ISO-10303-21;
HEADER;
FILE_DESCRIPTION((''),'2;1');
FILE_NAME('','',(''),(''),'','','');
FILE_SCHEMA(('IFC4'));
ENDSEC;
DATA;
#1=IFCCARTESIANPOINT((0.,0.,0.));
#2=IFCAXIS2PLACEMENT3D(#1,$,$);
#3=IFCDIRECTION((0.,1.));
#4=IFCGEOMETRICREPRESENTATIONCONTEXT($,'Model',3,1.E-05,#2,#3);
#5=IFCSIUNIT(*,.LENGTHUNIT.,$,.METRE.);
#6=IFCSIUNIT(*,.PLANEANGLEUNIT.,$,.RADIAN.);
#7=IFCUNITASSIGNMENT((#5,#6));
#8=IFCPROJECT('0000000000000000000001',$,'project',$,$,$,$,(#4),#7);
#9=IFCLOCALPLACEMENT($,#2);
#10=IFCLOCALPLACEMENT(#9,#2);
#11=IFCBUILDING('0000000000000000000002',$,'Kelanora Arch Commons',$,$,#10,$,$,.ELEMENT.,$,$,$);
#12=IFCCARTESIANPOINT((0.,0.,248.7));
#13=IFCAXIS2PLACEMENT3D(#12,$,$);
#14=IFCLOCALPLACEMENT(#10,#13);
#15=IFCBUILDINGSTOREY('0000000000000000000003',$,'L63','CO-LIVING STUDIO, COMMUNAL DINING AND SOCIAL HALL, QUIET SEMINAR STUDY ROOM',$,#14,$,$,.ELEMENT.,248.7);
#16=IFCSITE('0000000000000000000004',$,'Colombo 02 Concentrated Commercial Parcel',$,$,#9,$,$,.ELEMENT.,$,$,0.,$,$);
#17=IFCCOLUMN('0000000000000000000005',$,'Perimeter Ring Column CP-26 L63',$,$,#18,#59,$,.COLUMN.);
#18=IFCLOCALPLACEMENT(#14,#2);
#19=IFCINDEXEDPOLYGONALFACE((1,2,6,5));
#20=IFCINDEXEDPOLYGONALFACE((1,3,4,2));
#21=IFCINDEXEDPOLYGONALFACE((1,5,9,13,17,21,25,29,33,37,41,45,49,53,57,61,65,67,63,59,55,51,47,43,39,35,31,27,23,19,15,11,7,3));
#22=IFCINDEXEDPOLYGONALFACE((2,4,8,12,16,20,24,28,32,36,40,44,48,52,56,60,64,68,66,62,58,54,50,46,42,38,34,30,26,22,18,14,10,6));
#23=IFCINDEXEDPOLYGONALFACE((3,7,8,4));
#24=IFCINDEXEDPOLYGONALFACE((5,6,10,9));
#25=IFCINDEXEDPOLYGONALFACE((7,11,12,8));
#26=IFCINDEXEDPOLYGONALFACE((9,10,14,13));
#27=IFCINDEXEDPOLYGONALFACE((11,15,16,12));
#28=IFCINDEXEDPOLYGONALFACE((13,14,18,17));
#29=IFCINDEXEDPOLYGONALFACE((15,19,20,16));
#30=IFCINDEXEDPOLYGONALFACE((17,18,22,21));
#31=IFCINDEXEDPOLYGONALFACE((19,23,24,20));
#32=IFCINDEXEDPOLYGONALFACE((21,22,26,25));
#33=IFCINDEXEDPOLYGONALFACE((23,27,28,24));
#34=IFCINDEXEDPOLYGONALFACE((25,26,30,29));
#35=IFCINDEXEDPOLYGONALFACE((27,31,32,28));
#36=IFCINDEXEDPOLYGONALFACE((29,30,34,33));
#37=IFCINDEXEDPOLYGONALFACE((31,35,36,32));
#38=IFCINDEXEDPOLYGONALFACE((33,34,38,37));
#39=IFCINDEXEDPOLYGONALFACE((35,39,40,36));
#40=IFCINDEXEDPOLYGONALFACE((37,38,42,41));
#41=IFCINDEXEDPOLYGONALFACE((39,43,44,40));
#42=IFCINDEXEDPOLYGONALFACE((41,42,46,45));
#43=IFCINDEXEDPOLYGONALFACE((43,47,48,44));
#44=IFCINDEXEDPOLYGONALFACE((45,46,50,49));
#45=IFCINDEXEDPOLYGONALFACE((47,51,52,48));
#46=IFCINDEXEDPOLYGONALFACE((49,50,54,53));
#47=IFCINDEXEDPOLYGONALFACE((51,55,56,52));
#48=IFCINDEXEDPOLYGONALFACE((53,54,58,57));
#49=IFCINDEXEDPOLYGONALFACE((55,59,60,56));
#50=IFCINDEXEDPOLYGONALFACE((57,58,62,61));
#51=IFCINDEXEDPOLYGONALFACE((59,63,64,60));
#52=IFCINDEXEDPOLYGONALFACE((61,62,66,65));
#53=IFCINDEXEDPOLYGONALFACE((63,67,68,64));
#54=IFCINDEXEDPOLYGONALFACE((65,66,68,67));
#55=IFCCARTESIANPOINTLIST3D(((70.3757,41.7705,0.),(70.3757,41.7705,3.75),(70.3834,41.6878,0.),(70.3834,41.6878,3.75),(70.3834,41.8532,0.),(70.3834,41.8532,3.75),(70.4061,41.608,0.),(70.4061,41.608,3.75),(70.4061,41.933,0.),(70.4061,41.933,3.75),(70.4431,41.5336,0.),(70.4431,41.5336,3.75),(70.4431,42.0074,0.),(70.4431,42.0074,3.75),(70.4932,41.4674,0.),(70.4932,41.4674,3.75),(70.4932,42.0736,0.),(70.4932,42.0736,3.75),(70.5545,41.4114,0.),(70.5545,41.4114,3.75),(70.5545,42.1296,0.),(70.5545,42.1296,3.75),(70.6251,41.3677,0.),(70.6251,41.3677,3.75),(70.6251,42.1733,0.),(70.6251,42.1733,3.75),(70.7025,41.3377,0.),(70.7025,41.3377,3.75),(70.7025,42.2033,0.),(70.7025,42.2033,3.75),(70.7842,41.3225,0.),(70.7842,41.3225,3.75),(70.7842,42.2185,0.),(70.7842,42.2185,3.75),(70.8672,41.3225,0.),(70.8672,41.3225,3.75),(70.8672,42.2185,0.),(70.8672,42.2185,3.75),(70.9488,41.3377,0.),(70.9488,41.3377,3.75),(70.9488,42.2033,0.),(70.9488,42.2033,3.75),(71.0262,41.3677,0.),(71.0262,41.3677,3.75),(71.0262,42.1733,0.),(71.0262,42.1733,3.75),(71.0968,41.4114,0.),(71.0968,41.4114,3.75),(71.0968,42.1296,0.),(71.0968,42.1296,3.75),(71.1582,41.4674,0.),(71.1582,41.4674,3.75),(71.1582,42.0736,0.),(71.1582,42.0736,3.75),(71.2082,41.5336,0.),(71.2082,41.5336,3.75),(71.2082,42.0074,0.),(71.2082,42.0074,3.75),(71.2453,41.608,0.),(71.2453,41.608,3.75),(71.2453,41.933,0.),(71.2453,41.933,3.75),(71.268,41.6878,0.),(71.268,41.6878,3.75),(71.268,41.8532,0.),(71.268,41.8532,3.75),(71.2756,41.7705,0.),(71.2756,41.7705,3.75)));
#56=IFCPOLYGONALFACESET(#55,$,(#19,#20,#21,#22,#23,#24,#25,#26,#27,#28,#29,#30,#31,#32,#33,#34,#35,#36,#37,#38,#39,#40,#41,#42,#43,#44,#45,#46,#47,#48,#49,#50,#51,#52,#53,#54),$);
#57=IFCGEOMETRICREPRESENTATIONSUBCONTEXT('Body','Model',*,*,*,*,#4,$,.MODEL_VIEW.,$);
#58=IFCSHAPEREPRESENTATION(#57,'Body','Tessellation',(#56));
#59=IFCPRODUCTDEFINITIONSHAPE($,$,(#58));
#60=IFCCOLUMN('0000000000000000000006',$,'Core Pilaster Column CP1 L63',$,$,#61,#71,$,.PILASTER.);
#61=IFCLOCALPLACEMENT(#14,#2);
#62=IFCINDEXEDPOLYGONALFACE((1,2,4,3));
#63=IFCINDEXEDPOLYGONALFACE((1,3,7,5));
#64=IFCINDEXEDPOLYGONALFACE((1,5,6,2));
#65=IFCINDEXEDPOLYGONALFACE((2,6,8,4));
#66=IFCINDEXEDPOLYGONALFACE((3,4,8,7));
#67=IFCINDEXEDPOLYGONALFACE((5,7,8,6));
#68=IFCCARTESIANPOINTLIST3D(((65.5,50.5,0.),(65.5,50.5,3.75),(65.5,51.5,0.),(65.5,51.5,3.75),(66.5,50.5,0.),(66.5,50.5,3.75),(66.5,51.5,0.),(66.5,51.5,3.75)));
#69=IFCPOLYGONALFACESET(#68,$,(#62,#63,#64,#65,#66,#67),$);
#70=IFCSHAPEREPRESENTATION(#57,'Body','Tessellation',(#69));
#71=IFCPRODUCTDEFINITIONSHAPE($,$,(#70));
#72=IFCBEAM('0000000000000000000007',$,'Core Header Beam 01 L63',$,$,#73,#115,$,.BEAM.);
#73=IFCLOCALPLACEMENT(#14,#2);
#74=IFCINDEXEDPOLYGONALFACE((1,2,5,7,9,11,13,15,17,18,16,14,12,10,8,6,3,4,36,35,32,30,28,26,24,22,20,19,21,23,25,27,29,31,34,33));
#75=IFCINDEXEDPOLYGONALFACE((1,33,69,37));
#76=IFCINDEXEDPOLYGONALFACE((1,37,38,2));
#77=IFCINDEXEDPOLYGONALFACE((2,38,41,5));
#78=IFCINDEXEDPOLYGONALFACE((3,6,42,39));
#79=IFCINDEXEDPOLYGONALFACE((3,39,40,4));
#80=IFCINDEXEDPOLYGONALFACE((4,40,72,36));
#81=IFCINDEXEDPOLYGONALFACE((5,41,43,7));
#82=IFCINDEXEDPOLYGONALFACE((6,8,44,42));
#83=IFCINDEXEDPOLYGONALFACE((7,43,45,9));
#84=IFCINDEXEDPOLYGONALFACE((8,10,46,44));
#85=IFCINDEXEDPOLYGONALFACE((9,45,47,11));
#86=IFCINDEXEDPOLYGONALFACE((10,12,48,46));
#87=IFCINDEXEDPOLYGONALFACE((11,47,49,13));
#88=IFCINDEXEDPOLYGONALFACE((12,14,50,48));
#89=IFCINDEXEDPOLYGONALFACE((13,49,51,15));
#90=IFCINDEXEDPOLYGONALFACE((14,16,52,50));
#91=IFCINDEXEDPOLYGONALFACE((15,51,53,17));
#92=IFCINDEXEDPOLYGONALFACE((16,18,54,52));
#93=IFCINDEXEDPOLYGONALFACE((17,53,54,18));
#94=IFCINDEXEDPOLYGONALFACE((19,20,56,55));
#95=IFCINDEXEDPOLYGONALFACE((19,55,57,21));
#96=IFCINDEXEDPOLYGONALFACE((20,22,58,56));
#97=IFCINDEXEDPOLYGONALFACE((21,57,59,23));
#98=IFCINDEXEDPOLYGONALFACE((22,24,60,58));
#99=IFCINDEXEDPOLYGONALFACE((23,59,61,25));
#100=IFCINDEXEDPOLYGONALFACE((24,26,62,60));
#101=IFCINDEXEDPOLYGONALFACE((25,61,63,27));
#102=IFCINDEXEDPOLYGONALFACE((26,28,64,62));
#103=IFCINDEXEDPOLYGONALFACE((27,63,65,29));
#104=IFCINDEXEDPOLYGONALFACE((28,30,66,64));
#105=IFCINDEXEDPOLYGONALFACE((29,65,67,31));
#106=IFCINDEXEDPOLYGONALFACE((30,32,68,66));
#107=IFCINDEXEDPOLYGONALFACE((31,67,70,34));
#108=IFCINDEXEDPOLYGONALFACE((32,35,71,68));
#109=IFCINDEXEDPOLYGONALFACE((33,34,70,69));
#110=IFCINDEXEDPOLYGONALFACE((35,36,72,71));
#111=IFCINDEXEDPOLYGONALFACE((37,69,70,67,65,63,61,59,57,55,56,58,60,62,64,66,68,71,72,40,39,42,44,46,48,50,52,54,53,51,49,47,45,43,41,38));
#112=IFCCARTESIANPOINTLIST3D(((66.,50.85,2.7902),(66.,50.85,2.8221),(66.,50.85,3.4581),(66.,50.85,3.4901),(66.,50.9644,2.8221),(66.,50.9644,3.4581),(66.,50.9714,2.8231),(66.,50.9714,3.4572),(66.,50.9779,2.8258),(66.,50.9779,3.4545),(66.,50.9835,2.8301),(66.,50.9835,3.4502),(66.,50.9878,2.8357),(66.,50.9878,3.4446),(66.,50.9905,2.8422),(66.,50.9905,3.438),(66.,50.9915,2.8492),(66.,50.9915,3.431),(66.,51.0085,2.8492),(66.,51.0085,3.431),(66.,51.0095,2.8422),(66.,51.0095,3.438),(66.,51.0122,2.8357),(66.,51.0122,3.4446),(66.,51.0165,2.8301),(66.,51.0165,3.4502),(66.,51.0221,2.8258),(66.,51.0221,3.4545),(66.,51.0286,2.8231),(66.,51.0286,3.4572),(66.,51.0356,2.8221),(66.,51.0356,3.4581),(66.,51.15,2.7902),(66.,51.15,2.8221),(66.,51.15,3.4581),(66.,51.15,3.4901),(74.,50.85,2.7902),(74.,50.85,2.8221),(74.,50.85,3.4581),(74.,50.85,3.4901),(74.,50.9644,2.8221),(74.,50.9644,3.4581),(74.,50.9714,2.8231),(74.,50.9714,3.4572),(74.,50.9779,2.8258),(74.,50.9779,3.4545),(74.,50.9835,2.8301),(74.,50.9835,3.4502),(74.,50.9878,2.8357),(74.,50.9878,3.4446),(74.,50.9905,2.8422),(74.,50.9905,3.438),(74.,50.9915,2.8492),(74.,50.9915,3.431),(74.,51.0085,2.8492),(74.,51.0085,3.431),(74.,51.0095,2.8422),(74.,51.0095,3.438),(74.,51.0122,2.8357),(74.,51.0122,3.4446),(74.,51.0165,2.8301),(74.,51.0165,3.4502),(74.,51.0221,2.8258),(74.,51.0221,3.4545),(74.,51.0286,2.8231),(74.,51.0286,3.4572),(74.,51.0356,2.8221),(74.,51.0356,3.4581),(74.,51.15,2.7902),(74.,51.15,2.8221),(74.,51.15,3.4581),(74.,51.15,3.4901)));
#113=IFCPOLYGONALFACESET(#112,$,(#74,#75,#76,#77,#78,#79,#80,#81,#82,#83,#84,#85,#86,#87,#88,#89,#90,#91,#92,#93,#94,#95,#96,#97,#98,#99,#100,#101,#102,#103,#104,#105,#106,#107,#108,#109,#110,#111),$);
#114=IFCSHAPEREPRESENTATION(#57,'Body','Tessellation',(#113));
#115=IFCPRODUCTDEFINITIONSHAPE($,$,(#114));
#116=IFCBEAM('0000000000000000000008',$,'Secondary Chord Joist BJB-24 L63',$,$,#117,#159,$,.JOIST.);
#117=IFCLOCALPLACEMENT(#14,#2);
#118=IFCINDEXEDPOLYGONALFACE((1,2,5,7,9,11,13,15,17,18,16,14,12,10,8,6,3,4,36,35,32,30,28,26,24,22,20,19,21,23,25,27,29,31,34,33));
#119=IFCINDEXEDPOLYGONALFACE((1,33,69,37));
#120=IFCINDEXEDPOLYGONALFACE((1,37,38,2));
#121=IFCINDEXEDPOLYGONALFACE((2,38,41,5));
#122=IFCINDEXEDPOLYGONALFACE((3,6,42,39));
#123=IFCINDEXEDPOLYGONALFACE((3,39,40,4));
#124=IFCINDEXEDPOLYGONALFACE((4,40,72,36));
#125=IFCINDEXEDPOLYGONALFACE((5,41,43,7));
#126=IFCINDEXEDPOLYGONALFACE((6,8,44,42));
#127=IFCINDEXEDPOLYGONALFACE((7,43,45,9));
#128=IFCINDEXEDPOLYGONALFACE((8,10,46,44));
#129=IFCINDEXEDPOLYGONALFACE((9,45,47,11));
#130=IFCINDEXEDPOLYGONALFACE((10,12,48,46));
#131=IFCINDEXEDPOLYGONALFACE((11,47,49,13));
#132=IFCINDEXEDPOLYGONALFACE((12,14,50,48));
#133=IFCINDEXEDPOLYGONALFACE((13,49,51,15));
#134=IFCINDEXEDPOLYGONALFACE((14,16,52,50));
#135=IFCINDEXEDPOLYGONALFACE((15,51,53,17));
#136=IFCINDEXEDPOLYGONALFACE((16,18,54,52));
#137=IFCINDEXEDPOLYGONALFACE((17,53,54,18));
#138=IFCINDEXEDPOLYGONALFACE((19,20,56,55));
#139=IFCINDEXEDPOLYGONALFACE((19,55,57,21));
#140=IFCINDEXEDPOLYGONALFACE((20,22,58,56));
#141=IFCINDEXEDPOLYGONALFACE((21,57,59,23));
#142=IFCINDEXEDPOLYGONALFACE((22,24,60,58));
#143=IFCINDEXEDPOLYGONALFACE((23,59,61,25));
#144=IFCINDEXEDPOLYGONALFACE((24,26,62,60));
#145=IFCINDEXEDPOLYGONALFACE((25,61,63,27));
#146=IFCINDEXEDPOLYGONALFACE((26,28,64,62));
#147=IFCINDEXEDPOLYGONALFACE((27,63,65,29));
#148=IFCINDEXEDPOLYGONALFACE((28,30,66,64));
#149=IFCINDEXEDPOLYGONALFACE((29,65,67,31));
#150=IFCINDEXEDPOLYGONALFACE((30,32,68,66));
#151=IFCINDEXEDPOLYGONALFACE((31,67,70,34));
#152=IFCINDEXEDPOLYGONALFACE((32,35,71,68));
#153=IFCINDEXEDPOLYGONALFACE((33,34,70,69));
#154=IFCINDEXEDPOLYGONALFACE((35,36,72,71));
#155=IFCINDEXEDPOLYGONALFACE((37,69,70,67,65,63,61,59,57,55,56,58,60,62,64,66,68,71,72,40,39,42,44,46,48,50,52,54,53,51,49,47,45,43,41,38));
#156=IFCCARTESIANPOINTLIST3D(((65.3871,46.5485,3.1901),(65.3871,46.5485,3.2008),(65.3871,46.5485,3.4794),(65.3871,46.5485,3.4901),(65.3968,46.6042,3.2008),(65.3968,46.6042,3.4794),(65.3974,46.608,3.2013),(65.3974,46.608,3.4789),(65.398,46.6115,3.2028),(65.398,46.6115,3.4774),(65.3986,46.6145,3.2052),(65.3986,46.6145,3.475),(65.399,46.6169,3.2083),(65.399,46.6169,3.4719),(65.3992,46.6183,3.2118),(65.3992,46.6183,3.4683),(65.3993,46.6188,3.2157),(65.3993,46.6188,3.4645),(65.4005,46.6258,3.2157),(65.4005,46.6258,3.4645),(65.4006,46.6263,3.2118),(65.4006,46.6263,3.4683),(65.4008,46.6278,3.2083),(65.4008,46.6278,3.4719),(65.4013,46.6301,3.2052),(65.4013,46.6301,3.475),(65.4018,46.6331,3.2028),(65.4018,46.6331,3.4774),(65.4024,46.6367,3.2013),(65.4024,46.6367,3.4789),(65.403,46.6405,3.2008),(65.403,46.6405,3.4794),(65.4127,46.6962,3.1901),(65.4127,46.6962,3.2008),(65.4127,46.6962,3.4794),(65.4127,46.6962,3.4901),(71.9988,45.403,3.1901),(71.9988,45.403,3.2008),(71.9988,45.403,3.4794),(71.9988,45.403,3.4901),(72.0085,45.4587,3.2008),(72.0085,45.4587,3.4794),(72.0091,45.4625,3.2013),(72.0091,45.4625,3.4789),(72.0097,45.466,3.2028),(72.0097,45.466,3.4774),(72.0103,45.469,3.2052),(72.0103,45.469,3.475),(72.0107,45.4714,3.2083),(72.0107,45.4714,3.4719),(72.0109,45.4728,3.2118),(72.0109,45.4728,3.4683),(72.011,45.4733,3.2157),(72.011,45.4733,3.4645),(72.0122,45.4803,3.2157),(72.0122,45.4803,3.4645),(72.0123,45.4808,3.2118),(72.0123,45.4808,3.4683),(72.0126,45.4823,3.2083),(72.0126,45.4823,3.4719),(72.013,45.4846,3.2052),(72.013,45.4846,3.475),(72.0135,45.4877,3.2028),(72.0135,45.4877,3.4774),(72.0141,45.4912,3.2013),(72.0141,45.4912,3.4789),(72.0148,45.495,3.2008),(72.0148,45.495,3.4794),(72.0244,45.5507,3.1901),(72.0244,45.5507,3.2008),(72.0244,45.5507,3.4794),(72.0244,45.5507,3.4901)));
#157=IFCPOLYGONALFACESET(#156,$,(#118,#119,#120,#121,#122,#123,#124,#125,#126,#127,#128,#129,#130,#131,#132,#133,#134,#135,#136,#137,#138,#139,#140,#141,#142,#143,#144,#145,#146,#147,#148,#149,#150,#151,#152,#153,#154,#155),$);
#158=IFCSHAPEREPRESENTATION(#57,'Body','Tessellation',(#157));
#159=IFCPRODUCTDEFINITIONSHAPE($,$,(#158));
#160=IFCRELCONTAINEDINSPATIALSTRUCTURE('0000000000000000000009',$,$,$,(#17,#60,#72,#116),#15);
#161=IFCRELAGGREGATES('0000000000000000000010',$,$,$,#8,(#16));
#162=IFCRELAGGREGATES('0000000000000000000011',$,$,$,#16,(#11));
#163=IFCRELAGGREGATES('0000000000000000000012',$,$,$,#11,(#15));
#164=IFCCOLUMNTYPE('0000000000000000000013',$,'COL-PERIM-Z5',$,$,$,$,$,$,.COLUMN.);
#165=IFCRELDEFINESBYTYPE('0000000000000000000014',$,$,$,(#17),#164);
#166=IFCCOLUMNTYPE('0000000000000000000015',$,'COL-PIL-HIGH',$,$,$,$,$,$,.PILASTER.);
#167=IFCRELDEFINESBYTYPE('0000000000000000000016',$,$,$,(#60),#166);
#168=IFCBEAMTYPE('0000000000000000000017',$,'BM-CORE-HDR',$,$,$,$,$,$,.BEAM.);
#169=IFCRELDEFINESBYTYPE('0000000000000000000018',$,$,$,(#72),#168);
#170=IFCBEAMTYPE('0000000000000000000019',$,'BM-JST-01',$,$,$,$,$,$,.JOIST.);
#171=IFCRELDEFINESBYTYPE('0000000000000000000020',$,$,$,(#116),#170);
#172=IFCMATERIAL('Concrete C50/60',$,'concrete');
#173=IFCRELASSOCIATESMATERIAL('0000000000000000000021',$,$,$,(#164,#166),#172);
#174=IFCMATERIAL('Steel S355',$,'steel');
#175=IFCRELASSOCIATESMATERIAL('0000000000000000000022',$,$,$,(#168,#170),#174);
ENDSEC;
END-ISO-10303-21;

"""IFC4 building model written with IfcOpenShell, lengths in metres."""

from ifc_helpers import new_model, si_unit, direction, frame, origin, origin_2d, place, context, subcontext, project, spatial, rectangle, circle, i_section, extrude, material, material_profile, profile_set, type_object, element, save


model = new_model("IFC4")

# Units and contexts
model_context = context("Model", 3, precision=1e-05, world=origin(), true_north=direction((0.0, 1.0)))
body_context = subcontext(model_context, "Body", "Model", "MODEL_VIEW")
ifc_project = project(units=[si_unit("LENGTHUNIT", "METRE"), si_unit("PLANEANGLEUNIT", "RADIAN")], contexts=[model_context])

# Site, building, storey
site_placement = place(None, origin())
site = spatial("IfcSite", under=ifc_project, at=site_placement, Name="Colombo 02 Concentrated Commercial Parcel", CompositionType="ELEMENT", RefElevation=0.0)
building_placement = place(site_placement, origin())
building = spatial("IfcBuilding", under=site, at=building_placement, Name="Kelanora Arch Commons", CompositionType="ELEMENT")
storey_placement = place(building_placement, frame((0.0, 0.0, 248.7)))
storey = spatial("IfcBuildingStorey", under=building, at=storey_placement, Name="L63", Description="CO-LIVING STUDIO, COMMUNAL DINING AND SOCIAL HALL, QUIET SEMINAR STUDY ROOM", CompositionType="ELEMENT", Elevation=248.7)

# Columns
ifc_material_1 = material(Name="Concrete C50/60", Category="concrete")
ifc_material_profile_1 = material_profile(ifc_material_1, circle(Radius=0.45, at=origin_2d()), Name="RCC900")
ifc_profile_set_1 = profile_set([ifc_material_profile_1], Name="Concrete C50/60")
column_type_1 = type_object("IfcColumnType", Name="COL-PERIM-Z5", PredefinedType="COLUMN", material=ifc_profile_set_1)
column_1_placement = place(storey_placement, frame((70.8257, 41.7705, 0.0), z_axis=(0.0, 0.0, 1.0), x_axis=(1.0, 0.0, 0.0)))
element("IfcColumn", 1, at=column_1_placement, inside=storey, type_object=column_type_1, Name="Perimeter Ring Column CP-26 L63", PredefinedType="COLUMN", context=body_context, shape_type="SweptSolid", body=[
    extrude(circle(Radius=0.45, at=origin_2d()), origin(), (0.0, 0.0, 1.0), 3.75),
])
ifc_material_profile_2 = material_profile(ifc_material_1, rectangle(XDim=1.0, YDim=1.0, at=origin_2d()), Name="RC1000x1000")
ifc_profile_set_2 = profile_set([ifc_material_profile_2], Name="Concrete C50/60")
column_type_2 = type_object("IfcColumnType", Name="COL-PIL-HIGH", PredefinedType="PILASTER", material=ifc_profile_set_2)
column_2_placement = place(storey_placement, frame((66.0, 51.0, 0.0), z_axis=(0.0, 0.0, 1.0), x_axis=(1.0, 0.0, 0.0)))
element("IfcColumn", 2, at=column_2_placement, inside=storey, type_object=column_type_2, Name="Core Pilaster Column CP1 L63", PredefinedType="PILASTER", context=body_context, shape_type="SweptSolid", body=[
    extrude(rectangle(XDim=1.0, YDim=1.0, at=origin_2d()), origin(), (0.0, 0.0, 1.0), 3.75),
])

# Beams
ifc_material_2 = material(Name="Steel S355", Category="steel")
ifc_material_profile_3 = material_profile(ifc_material_2, i_section(OverallWidth=0.3, OverallDepth=0.7, WebThickness=0.0171, FlangeThickness=0.032, FilletRadius=0.0271, at=origin_2d()), Name="HEB700")
ifc_profile_set_3 = profile_set([ifc_material_profile_3], Name="Steel S355")
beam_type_1 = type_object("IfcBeamType", Name="BM-CORE-HDR", PredefinedType="BEAM", material=ifc_profile_set_3)
beam_1_placement = place(storey_placement, frame((66.0, 51.0, 3.1401), z_axis=(1.0, 0.0, 0.0), x_axis=(0.0, 1.0, 0.0)))
element("IfcBeam", 3, at=beam_1_placement, inside=storey, type_object=beam_type_1, Name="Core Header Beam 01 L63", PredefinedType="BEAM", context=body_context, shape_type="SweptSolid", body=[
    extrude(i_section(OverallWidth=0.3, OverallDepth=0.7, WebThickness=0.0171, FlangeThickness=0.032, FilletRadius=0.0271, at=origin_2d()), origin(), (0.0, 0.0, 1.0), 8.0),
])
ifc_material_profile_4 = material_profile(ifc_material_2, i_section(OverallWidth=0.1499, OverallDepth=0.3, WebThickness=0.0071, FlangeThickness=0.0107, FilletRadius=0.0149, at=origin_2d()), Name="IPE300")
ifc_profile_set_4 = profile_set([ifc_material_profile_4], Name="Steel S355")
beam_type_2 = type_object("IfcBeamType", Name="BM-JST-01", PredefinedType="JOIST", material=ifc_profile_set_4)
beam_2_placement = place(storey_placement, frame((65.3999, 46.6223, 3.3401), z_axis=(0.985322, -0.170709, 0.0), x_axis=(0.170709, 0.985322, 0.0)))
element("IfcBeam", 4, at=beam_2_placement, inside=storey, type_object=beam_type_2, Name="Secondary Chord Joist BJB-24 L63", PredefinedType="JOIST", context=body_context, shape_type="SweptSolid", body=[
    extrude(i_section(OverallWidth=0.1499, OverallDepth=0.3, WebThickness=0.0071, FlangeThickness=0.0107, FilletRadius=0.0149, at=origin_2d()), origin(), (0.0, 0.0, 1.0), 6.7102),
])

save(model, "model.ifc")
